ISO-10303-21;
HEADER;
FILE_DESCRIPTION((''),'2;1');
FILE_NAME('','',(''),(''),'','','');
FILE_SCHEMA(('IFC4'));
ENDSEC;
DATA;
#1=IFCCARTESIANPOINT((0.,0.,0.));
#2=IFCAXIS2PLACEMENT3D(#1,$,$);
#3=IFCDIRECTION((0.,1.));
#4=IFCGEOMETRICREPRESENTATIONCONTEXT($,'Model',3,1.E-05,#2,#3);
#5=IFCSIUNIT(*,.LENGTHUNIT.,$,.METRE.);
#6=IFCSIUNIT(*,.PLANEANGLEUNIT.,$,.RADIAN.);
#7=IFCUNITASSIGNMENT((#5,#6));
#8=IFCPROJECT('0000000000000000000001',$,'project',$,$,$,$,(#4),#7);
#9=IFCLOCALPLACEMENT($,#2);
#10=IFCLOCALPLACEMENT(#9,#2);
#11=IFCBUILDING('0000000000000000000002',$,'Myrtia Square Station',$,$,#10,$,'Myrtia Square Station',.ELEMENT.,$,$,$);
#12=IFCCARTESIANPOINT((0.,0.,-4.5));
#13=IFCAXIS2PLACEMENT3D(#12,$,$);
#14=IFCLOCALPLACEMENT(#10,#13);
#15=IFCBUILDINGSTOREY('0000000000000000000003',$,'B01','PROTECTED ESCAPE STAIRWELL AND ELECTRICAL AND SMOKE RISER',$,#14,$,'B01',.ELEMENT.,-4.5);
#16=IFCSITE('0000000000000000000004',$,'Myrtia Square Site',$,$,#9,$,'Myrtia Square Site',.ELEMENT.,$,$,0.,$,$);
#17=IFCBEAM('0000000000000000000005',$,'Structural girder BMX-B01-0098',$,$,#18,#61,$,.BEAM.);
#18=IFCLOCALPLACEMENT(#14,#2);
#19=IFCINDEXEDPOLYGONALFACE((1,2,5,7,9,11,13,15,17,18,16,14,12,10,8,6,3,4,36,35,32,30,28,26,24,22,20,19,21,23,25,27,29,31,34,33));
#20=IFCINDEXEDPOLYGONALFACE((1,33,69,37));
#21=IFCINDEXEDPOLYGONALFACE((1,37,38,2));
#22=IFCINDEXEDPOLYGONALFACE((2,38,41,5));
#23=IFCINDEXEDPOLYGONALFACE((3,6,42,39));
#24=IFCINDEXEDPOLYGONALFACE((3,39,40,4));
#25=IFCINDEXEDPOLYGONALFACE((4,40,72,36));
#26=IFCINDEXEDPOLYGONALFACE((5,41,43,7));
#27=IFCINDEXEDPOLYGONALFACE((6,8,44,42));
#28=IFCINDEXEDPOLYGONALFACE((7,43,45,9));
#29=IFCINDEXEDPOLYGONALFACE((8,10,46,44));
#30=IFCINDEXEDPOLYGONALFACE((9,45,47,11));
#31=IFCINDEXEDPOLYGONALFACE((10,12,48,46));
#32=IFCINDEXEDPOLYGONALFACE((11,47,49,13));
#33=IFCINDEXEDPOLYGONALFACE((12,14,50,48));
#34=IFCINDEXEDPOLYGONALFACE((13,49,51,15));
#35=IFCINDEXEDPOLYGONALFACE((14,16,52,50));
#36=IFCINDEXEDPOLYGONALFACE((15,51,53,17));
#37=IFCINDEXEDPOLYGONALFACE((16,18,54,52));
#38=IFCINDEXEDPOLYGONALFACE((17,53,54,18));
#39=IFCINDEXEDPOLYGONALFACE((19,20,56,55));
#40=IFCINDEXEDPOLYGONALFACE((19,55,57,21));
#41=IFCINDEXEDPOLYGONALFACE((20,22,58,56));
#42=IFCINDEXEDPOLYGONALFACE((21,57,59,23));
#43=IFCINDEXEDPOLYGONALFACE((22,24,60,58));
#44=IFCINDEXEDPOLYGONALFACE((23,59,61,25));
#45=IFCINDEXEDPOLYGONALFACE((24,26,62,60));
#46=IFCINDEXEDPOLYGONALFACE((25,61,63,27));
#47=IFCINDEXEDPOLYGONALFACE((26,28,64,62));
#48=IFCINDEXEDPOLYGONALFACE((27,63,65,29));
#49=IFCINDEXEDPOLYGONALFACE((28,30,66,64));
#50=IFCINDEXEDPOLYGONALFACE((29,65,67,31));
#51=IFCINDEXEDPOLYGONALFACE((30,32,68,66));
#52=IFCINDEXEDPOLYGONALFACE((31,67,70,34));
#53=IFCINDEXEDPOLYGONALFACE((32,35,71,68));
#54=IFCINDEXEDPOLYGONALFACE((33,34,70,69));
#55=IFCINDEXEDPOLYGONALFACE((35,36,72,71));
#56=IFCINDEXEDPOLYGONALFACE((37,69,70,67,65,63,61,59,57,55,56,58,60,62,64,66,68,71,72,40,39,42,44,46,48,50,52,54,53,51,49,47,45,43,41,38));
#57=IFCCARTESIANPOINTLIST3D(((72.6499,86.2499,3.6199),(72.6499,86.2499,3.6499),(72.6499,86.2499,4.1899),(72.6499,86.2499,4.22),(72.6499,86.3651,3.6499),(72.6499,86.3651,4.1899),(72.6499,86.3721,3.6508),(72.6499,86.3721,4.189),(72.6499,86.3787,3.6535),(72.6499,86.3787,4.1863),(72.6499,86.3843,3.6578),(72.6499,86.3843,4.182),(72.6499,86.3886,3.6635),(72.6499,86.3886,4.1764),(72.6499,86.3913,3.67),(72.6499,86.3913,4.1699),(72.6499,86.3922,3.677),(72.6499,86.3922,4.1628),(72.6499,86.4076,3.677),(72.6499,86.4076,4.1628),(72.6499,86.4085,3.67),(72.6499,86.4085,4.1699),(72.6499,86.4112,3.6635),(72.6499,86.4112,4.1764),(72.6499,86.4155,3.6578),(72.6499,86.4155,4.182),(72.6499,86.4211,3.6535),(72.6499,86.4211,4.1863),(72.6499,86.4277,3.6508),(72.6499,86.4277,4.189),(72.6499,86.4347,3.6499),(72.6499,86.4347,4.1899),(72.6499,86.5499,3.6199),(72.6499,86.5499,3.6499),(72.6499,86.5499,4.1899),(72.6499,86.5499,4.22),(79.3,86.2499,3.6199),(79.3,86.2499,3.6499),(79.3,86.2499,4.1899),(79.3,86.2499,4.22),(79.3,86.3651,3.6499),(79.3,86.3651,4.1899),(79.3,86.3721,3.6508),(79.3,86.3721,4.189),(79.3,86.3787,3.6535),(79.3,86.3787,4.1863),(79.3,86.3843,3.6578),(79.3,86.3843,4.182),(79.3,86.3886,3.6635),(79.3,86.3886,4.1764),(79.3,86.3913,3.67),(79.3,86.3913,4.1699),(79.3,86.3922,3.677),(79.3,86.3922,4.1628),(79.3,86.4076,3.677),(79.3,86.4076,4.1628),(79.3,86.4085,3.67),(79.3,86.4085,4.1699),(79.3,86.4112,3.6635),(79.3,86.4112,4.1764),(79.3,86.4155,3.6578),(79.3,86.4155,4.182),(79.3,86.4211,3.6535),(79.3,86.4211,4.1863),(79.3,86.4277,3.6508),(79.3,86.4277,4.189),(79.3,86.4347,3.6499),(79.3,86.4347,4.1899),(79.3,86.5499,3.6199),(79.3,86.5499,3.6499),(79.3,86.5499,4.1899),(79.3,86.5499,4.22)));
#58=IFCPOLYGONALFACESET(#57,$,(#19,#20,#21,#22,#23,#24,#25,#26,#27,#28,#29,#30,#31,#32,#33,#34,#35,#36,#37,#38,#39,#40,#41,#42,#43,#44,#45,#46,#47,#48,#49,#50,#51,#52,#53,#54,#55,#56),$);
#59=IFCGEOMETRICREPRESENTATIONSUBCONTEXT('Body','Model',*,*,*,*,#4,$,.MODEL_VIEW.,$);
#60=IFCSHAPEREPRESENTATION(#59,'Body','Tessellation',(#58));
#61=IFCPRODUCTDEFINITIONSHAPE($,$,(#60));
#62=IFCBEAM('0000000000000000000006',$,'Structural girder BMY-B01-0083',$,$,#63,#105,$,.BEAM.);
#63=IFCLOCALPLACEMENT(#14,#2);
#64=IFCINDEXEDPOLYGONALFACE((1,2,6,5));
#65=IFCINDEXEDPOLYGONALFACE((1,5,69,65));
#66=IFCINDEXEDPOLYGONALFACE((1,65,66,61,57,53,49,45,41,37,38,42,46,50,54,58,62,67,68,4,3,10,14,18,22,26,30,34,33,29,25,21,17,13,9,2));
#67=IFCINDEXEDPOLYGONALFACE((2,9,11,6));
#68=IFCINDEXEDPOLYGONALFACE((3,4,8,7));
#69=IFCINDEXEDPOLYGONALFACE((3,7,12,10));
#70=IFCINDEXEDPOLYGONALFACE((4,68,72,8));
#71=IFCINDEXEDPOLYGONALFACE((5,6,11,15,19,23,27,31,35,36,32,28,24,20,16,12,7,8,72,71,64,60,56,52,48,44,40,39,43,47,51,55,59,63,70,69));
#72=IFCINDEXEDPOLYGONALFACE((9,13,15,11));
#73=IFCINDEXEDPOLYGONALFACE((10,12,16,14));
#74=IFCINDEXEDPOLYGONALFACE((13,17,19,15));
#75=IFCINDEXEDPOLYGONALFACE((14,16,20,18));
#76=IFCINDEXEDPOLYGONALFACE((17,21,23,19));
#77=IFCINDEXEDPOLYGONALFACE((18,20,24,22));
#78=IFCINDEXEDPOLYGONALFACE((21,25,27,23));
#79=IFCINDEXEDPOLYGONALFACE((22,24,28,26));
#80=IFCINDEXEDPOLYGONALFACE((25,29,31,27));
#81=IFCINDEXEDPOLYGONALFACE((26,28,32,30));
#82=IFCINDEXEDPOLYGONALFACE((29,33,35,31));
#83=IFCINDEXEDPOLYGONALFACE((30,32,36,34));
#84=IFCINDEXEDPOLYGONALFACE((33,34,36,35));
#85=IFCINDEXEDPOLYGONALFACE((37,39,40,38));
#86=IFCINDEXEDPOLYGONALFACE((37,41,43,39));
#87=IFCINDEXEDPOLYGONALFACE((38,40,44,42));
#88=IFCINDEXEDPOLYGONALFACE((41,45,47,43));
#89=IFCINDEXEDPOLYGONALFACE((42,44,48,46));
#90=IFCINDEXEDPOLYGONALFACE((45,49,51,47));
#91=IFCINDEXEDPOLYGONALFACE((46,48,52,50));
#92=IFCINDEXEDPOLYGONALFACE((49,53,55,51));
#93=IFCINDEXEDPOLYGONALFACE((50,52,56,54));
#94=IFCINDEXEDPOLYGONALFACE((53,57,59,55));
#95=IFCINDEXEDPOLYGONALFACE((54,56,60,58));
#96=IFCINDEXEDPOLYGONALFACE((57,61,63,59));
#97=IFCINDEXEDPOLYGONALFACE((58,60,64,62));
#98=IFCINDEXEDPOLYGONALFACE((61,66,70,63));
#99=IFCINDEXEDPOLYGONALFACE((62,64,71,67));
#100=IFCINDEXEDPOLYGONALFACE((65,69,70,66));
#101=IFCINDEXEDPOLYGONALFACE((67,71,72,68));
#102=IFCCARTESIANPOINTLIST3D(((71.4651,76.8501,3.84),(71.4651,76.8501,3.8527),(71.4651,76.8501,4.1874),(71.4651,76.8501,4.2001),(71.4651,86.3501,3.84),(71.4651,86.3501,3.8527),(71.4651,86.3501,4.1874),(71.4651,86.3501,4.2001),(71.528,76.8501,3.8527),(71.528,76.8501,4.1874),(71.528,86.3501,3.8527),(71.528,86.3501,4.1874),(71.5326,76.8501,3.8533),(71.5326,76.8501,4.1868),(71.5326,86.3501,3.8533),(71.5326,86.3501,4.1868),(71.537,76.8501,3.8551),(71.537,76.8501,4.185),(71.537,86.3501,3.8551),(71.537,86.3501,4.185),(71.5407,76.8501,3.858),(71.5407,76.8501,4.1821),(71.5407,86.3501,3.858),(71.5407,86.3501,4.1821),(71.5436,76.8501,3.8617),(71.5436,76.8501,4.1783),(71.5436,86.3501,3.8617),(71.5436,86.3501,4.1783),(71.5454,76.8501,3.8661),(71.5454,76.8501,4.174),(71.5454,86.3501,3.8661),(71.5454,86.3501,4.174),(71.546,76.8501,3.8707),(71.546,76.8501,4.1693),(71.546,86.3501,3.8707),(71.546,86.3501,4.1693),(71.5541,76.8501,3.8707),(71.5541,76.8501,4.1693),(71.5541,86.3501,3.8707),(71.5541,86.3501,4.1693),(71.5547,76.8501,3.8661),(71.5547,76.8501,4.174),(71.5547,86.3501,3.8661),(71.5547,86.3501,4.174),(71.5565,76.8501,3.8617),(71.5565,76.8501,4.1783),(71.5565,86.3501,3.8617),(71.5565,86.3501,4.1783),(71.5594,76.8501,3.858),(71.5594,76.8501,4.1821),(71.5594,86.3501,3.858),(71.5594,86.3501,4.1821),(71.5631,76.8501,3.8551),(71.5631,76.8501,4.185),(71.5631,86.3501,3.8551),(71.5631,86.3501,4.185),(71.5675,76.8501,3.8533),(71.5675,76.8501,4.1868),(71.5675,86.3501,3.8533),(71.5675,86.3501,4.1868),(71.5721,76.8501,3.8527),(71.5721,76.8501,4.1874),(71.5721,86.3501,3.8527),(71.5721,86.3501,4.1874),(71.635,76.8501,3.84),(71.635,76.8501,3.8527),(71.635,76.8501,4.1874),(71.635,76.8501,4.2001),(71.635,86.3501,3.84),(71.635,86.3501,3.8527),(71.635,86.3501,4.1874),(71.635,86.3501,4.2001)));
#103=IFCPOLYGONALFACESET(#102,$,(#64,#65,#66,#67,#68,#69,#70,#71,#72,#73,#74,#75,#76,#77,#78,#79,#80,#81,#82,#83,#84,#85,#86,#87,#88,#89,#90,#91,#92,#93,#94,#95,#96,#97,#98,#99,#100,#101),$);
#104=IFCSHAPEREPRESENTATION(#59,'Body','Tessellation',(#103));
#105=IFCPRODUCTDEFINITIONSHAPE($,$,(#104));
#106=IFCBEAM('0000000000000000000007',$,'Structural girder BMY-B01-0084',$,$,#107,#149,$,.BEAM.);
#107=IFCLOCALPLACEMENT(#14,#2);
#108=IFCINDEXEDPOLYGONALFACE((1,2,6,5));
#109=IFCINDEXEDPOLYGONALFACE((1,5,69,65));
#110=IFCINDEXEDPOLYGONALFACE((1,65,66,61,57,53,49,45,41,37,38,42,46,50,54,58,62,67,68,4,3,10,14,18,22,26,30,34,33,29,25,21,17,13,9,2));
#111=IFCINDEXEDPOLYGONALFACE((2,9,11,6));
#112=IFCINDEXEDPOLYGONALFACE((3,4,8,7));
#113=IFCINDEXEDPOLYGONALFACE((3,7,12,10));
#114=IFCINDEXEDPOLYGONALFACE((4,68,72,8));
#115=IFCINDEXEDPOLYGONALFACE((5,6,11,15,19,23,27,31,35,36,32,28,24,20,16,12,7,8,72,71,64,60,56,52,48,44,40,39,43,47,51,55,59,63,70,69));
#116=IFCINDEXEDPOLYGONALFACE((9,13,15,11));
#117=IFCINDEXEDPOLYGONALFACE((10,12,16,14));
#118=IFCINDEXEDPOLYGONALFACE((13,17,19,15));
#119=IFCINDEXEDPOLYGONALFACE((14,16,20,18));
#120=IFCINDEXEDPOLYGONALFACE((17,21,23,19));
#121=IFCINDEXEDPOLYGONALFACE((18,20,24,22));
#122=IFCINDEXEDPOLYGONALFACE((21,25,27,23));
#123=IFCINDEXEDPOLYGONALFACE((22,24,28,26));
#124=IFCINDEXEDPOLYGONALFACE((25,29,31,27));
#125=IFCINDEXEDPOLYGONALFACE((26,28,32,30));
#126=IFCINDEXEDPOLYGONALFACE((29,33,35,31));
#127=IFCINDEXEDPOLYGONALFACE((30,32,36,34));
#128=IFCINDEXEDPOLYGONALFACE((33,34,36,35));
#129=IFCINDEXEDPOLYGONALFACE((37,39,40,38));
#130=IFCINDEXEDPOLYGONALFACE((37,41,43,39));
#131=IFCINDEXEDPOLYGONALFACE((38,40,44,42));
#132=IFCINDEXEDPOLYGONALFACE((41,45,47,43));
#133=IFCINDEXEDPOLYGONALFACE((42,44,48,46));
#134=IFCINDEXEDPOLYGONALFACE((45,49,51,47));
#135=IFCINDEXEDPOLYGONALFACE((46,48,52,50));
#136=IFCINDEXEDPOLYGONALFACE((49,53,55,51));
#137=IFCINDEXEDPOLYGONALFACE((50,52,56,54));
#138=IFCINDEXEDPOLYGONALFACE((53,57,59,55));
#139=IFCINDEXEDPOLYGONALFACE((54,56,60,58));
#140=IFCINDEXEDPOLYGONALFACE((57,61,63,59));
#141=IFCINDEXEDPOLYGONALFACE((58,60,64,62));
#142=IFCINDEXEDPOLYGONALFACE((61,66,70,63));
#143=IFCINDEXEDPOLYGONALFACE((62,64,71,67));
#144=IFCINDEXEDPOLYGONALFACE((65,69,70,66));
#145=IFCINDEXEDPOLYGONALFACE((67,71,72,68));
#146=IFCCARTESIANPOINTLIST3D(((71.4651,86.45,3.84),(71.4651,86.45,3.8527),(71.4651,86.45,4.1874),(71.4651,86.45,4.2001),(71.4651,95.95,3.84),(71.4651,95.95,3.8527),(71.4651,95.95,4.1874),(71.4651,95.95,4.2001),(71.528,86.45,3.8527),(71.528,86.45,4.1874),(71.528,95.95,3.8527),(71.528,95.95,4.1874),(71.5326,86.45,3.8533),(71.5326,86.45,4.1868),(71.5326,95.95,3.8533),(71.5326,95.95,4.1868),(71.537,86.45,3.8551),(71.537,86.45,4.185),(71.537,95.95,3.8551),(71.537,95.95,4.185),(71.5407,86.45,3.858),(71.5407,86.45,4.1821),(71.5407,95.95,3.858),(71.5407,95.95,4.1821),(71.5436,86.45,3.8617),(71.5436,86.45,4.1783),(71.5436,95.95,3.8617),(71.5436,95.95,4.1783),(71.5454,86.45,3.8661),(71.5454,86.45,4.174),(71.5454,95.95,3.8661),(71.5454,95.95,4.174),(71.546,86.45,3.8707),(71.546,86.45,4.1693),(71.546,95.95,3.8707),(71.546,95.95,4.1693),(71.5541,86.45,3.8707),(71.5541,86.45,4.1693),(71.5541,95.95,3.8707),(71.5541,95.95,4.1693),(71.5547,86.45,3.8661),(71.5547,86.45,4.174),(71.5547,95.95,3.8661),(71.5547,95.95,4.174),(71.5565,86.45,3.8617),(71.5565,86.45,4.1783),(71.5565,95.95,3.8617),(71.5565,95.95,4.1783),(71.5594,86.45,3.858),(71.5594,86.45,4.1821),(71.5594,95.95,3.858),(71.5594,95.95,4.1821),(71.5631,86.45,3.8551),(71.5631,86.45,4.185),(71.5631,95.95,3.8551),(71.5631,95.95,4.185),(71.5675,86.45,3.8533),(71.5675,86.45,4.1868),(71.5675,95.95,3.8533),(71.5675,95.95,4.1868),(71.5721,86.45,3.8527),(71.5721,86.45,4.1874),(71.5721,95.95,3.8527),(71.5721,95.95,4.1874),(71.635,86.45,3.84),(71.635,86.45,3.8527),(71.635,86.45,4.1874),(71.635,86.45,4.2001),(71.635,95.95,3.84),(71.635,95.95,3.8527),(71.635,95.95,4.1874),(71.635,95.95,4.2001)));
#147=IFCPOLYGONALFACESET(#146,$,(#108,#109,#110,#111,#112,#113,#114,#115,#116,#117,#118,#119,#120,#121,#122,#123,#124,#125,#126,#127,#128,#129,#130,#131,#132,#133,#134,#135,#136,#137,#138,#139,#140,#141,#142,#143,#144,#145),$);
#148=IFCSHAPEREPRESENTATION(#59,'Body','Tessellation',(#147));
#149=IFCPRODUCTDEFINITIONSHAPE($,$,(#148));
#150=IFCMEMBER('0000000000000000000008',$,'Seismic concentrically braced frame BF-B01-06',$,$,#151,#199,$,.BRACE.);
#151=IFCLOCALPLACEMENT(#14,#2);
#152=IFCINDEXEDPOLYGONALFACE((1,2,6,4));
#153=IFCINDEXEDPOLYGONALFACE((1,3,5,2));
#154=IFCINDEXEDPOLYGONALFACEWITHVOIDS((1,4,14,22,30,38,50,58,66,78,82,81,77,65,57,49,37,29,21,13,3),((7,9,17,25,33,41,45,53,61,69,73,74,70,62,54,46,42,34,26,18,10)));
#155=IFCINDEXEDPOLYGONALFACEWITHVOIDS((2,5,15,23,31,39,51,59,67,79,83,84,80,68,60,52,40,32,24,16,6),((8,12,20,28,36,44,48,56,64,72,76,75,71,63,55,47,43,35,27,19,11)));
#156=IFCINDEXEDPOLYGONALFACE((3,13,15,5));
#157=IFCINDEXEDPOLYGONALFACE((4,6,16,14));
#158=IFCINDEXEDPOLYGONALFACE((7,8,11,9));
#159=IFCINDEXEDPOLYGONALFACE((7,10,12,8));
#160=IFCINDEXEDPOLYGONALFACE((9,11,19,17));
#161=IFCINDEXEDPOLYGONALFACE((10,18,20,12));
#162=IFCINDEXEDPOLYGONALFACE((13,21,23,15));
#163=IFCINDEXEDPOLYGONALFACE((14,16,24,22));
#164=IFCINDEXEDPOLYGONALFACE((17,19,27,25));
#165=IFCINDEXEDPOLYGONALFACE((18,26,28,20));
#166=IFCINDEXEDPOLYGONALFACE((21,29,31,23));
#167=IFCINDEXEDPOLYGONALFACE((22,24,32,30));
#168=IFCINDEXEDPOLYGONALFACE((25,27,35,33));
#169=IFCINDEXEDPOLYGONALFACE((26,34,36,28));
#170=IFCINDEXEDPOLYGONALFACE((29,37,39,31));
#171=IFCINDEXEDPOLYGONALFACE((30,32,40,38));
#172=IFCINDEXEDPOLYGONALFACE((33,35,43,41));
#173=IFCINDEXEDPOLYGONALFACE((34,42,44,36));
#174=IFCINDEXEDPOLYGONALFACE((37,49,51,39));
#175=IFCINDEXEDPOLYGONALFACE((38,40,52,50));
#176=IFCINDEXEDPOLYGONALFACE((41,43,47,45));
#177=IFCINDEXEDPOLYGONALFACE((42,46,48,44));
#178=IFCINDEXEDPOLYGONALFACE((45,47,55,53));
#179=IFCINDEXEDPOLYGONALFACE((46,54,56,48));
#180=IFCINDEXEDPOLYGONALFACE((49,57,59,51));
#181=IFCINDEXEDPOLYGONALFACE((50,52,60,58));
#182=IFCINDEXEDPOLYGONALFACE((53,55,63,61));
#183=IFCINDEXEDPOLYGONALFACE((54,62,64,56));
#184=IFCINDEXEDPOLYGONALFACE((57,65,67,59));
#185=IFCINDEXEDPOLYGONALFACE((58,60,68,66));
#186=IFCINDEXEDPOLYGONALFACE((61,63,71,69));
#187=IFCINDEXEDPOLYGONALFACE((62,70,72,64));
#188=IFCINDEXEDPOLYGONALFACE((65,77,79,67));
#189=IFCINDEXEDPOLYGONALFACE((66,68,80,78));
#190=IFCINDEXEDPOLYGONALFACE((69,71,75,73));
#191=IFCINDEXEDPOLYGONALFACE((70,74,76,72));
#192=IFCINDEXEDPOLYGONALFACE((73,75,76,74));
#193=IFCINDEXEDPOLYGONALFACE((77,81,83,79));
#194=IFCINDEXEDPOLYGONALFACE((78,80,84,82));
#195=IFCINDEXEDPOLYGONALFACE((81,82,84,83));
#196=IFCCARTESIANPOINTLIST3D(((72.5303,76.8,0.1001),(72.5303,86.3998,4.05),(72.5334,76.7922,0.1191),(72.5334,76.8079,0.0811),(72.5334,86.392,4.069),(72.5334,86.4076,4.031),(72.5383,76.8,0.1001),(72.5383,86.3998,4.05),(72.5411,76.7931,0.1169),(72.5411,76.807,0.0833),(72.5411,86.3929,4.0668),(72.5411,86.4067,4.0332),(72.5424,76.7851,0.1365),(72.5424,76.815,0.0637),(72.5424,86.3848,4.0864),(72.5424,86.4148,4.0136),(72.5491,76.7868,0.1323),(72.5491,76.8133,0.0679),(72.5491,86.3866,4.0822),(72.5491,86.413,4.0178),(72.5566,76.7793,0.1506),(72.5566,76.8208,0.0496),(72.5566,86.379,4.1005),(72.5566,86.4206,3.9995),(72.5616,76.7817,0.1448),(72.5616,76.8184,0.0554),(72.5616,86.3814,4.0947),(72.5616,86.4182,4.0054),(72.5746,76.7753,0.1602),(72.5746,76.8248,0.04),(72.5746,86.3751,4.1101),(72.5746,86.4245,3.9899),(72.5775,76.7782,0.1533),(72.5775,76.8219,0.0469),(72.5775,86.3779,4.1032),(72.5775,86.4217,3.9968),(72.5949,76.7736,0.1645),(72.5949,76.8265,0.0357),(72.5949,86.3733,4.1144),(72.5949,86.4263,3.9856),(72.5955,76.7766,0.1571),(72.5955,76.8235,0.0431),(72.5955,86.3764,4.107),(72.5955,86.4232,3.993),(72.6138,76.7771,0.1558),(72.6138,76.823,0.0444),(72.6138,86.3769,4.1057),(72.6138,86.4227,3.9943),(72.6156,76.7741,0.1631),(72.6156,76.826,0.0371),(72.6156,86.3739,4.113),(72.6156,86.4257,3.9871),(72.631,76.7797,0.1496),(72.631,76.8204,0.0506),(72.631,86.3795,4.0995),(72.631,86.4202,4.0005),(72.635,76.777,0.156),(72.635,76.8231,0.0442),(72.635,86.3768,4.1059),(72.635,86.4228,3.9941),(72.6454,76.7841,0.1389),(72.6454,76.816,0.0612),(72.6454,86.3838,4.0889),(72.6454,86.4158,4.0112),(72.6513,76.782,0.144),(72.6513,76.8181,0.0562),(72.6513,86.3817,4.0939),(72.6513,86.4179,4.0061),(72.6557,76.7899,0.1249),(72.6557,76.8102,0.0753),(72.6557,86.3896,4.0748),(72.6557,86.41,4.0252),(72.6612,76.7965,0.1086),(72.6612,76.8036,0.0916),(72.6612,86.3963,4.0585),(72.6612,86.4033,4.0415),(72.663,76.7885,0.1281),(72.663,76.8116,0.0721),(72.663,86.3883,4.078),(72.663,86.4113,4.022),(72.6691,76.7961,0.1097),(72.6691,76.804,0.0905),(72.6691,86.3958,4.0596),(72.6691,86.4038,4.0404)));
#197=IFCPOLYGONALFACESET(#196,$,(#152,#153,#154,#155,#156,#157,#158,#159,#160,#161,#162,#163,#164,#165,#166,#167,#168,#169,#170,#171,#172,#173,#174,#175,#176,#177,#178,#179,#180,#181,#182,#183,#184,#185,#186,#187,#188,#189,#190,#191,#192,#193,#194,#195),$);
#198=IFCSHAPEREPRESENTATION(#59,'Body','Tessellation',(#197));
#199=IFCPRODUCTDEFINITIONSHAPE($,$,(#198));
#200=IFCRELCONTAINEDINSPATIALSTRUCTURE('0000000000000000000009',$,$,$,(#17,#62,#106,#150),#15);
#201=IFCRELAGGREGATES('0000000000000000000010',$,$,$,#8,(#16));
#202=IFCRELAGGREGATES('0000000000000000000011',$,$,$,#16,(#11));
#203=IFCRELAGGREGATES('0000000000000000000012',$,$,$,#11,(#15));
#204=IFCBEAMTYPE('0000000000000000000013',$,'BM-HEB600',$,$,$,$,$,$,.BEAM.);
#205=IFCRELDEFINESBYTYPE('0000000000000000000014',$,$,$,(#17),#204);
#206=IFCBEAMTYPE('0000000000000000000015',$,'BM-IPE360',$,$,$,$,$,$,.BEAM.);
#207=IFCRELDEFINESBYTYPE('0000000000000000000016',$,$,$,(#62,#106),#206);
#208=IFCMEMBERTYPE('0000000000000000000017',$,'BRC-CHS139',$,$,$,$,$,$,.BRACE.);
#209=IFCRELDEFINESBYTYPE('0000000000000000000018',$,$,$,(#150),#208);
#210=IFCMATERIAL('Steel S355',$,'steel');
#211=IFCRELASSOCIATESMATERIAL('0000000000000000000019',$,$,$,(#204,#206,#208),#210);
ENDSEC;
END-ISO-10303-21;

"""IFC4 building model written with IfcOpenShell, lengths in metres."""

from ifc_helpers import new_model, si_unit, direction, frame, origin, origin_2d, place, context, subcontext, project, spatial, hollow_circle, i_section, extrude, material, material_profile, profile_set, type_object, element, save


model = new_model("IFC4")

# Units and contexts
model_context = context("Model", 3, precision=1e-05, world=origin(), true_north=direction((0.0, 1.0)))
body_context = subcontext(model_context, "Body", "Model", "MODEL_VIEW")
ifc_project = project(units=[si_unit("LENGTHUNIT", "METRE"), si_unit("PLANEANGLEUNIT", "RADIAN")], contexts=[model_context])

# Site, building, storey
site_placement = place(None, origin())
site = spatial("IfcSite", under=ifc_project, at=site_placement, Name="Myrtia Square Site", LongName="Myrtia Square Site", CompositionType="ELEMENT", RefElevation=0.0)
building_placement = place(site_placement, origin())
building = spatial("IfcBuilding", under=site, at=building_placement, Name="Myrtia Square Station", LongName="Myrtia Square Station", CompositionType="ELEMENT")
storey_placement = place(building_placement, frame((0.0, 0.0, -4.5)))
storey = spatial("IfcBuildingStorey", under=building, at=storey_placement, Name="B01", Description="PROTECTED ESCAPE STAIRWELL AND ELECTRICAL AND SMOKE RISER", LongName="B01", CompositionType="ELEMENT", Elevation=-4.5)

# Shared definitions
ifc_material_1 = material(Name="Steel S355", Category="steel")

# Beams
ifc_material_profile_1 = material_profile(ifc_material_1, i_section(OverallWidth=0.3, OverallDepth=0.6001, WebThickness=0.0154, FlangeThickness=0.03, FilletRadius=0.0271, at=origin_2d()), Name="HEB 600")
ifc_profile_set_1 = profile_set([ifc_material_profile_1], Name="Steel S355")
beam_type_1 = type_object("IfcBeamType", Name="BM-HEB600", PredefinedType="BEAM", material=ifc_profile_set_1)
for number, where, z_axis, x_axis, name in (
    (1, (72.6499, 86.3999, 3.9199), (1.0, 0.0, 0.0), (0.0, 1.0, 0.0), "Structural girder BMX-B01-0098"),
):
    element("IfcBeam", number, at=place(storey_placement, frame(where, z_axis=z_axis, x_axis=x_axis)), inside=storey, type_object=beam_type_1, Name=name, PredefinedType="BEAM", context=body_context, shape_type="SweptSolid", body=[
        extrude(i_section(OverallWidth=0.3, OverallDepth=0.6001, WebThickness=0.0154, FlangeThickness=0.03, FilletRadius=0.0271, at=origin_2d()), origin(), (0.0, 0.0, 1.0), 6.6501),
    ])
ifc_material_profile_2 = material_profile(ifc_material_1, i_section(OverallWidth=0.1699, OverallDepth=0.3601, WebThickness=0.0081, FlangeThickness=0.0127, FilletRadius=0.0181, at=origin_2d()), Name="IPE 360")
ifc_profile_set_2 = profile_set([ifc_material_profile_2], Name="Steel S355")
beam_type_2 = type_object("IfcBeamType", Name="BM-IPE360", PredefinedType="BEAM", material=ifc_profile_set_2)
for number, where, z_axis, x_axis, name in (
    (2, (71.55, 76.8501, 4.02), (0.0, 1.0, 0.0), (-1.0, 0.0, 0.0), "Structural girder BMY-B01-0083"),
    (3, (71.55, 86.45, 4.02), (0.0, 1.0, 0.0), (-1.0, 0.0, 0.0), "Structural girder BMY-B01-0084"),
):
    element("IfcBeam", number, at=place(storey_placement, frame(where, z_axis=z_axis, x_axis=x_axis)), inside=storey, type_object=beam_type_2, Name=name, PredefinedType="BEAM", context=body_context, shape_type="SweptSolid", body=[
        extrude(i_section(OverallWidth=0.1699, OverallDepth=0.3601, WebThickness=0.0081, FlangeThickness=0.0127, FilletRadius=0.0181, at=origin_2d()), origin(), (0.0, 0.0, 1.0), 9.5),
    ])

# Member
ifc_material_profile_3 = material_profile(ifc_material_1, hollow_circle(Radius=0.0698, WallThickness=0.0081, at=origin_2d()), Name="CHS 139.7x8")
ifc_profile_set_3 = profile_set([ifc_material_profile_3], Name="Steel S355")
member_type = type_object("IfcMemberType", Name="BRC-CHS139", PredefinedType="BRACE", material=ifc_profile_set_3)
member_placement = place(storey_placement, frame((72.6001, 76.8, 0.1001), z_axis=(0.0, 0.924777, 0.380508), x_axis=(-1.0, 0.0, 0.0)))
element("IfcMember", 4, at=member_placement, inside=storey, type_object=member_type, Name="Seismic concentrically braced frame BF-B01-06", PredefinedType="BRACE", context=body_context, shape_type="SweptSolid", body=[
    extrude(hollow_circle(Radius=0.0698, WallThickness=0.0081, at=origin_2d()), origin(), (0.0, 0.0, 1.0), 10.3806),
])

save(model, "model.ifc")
